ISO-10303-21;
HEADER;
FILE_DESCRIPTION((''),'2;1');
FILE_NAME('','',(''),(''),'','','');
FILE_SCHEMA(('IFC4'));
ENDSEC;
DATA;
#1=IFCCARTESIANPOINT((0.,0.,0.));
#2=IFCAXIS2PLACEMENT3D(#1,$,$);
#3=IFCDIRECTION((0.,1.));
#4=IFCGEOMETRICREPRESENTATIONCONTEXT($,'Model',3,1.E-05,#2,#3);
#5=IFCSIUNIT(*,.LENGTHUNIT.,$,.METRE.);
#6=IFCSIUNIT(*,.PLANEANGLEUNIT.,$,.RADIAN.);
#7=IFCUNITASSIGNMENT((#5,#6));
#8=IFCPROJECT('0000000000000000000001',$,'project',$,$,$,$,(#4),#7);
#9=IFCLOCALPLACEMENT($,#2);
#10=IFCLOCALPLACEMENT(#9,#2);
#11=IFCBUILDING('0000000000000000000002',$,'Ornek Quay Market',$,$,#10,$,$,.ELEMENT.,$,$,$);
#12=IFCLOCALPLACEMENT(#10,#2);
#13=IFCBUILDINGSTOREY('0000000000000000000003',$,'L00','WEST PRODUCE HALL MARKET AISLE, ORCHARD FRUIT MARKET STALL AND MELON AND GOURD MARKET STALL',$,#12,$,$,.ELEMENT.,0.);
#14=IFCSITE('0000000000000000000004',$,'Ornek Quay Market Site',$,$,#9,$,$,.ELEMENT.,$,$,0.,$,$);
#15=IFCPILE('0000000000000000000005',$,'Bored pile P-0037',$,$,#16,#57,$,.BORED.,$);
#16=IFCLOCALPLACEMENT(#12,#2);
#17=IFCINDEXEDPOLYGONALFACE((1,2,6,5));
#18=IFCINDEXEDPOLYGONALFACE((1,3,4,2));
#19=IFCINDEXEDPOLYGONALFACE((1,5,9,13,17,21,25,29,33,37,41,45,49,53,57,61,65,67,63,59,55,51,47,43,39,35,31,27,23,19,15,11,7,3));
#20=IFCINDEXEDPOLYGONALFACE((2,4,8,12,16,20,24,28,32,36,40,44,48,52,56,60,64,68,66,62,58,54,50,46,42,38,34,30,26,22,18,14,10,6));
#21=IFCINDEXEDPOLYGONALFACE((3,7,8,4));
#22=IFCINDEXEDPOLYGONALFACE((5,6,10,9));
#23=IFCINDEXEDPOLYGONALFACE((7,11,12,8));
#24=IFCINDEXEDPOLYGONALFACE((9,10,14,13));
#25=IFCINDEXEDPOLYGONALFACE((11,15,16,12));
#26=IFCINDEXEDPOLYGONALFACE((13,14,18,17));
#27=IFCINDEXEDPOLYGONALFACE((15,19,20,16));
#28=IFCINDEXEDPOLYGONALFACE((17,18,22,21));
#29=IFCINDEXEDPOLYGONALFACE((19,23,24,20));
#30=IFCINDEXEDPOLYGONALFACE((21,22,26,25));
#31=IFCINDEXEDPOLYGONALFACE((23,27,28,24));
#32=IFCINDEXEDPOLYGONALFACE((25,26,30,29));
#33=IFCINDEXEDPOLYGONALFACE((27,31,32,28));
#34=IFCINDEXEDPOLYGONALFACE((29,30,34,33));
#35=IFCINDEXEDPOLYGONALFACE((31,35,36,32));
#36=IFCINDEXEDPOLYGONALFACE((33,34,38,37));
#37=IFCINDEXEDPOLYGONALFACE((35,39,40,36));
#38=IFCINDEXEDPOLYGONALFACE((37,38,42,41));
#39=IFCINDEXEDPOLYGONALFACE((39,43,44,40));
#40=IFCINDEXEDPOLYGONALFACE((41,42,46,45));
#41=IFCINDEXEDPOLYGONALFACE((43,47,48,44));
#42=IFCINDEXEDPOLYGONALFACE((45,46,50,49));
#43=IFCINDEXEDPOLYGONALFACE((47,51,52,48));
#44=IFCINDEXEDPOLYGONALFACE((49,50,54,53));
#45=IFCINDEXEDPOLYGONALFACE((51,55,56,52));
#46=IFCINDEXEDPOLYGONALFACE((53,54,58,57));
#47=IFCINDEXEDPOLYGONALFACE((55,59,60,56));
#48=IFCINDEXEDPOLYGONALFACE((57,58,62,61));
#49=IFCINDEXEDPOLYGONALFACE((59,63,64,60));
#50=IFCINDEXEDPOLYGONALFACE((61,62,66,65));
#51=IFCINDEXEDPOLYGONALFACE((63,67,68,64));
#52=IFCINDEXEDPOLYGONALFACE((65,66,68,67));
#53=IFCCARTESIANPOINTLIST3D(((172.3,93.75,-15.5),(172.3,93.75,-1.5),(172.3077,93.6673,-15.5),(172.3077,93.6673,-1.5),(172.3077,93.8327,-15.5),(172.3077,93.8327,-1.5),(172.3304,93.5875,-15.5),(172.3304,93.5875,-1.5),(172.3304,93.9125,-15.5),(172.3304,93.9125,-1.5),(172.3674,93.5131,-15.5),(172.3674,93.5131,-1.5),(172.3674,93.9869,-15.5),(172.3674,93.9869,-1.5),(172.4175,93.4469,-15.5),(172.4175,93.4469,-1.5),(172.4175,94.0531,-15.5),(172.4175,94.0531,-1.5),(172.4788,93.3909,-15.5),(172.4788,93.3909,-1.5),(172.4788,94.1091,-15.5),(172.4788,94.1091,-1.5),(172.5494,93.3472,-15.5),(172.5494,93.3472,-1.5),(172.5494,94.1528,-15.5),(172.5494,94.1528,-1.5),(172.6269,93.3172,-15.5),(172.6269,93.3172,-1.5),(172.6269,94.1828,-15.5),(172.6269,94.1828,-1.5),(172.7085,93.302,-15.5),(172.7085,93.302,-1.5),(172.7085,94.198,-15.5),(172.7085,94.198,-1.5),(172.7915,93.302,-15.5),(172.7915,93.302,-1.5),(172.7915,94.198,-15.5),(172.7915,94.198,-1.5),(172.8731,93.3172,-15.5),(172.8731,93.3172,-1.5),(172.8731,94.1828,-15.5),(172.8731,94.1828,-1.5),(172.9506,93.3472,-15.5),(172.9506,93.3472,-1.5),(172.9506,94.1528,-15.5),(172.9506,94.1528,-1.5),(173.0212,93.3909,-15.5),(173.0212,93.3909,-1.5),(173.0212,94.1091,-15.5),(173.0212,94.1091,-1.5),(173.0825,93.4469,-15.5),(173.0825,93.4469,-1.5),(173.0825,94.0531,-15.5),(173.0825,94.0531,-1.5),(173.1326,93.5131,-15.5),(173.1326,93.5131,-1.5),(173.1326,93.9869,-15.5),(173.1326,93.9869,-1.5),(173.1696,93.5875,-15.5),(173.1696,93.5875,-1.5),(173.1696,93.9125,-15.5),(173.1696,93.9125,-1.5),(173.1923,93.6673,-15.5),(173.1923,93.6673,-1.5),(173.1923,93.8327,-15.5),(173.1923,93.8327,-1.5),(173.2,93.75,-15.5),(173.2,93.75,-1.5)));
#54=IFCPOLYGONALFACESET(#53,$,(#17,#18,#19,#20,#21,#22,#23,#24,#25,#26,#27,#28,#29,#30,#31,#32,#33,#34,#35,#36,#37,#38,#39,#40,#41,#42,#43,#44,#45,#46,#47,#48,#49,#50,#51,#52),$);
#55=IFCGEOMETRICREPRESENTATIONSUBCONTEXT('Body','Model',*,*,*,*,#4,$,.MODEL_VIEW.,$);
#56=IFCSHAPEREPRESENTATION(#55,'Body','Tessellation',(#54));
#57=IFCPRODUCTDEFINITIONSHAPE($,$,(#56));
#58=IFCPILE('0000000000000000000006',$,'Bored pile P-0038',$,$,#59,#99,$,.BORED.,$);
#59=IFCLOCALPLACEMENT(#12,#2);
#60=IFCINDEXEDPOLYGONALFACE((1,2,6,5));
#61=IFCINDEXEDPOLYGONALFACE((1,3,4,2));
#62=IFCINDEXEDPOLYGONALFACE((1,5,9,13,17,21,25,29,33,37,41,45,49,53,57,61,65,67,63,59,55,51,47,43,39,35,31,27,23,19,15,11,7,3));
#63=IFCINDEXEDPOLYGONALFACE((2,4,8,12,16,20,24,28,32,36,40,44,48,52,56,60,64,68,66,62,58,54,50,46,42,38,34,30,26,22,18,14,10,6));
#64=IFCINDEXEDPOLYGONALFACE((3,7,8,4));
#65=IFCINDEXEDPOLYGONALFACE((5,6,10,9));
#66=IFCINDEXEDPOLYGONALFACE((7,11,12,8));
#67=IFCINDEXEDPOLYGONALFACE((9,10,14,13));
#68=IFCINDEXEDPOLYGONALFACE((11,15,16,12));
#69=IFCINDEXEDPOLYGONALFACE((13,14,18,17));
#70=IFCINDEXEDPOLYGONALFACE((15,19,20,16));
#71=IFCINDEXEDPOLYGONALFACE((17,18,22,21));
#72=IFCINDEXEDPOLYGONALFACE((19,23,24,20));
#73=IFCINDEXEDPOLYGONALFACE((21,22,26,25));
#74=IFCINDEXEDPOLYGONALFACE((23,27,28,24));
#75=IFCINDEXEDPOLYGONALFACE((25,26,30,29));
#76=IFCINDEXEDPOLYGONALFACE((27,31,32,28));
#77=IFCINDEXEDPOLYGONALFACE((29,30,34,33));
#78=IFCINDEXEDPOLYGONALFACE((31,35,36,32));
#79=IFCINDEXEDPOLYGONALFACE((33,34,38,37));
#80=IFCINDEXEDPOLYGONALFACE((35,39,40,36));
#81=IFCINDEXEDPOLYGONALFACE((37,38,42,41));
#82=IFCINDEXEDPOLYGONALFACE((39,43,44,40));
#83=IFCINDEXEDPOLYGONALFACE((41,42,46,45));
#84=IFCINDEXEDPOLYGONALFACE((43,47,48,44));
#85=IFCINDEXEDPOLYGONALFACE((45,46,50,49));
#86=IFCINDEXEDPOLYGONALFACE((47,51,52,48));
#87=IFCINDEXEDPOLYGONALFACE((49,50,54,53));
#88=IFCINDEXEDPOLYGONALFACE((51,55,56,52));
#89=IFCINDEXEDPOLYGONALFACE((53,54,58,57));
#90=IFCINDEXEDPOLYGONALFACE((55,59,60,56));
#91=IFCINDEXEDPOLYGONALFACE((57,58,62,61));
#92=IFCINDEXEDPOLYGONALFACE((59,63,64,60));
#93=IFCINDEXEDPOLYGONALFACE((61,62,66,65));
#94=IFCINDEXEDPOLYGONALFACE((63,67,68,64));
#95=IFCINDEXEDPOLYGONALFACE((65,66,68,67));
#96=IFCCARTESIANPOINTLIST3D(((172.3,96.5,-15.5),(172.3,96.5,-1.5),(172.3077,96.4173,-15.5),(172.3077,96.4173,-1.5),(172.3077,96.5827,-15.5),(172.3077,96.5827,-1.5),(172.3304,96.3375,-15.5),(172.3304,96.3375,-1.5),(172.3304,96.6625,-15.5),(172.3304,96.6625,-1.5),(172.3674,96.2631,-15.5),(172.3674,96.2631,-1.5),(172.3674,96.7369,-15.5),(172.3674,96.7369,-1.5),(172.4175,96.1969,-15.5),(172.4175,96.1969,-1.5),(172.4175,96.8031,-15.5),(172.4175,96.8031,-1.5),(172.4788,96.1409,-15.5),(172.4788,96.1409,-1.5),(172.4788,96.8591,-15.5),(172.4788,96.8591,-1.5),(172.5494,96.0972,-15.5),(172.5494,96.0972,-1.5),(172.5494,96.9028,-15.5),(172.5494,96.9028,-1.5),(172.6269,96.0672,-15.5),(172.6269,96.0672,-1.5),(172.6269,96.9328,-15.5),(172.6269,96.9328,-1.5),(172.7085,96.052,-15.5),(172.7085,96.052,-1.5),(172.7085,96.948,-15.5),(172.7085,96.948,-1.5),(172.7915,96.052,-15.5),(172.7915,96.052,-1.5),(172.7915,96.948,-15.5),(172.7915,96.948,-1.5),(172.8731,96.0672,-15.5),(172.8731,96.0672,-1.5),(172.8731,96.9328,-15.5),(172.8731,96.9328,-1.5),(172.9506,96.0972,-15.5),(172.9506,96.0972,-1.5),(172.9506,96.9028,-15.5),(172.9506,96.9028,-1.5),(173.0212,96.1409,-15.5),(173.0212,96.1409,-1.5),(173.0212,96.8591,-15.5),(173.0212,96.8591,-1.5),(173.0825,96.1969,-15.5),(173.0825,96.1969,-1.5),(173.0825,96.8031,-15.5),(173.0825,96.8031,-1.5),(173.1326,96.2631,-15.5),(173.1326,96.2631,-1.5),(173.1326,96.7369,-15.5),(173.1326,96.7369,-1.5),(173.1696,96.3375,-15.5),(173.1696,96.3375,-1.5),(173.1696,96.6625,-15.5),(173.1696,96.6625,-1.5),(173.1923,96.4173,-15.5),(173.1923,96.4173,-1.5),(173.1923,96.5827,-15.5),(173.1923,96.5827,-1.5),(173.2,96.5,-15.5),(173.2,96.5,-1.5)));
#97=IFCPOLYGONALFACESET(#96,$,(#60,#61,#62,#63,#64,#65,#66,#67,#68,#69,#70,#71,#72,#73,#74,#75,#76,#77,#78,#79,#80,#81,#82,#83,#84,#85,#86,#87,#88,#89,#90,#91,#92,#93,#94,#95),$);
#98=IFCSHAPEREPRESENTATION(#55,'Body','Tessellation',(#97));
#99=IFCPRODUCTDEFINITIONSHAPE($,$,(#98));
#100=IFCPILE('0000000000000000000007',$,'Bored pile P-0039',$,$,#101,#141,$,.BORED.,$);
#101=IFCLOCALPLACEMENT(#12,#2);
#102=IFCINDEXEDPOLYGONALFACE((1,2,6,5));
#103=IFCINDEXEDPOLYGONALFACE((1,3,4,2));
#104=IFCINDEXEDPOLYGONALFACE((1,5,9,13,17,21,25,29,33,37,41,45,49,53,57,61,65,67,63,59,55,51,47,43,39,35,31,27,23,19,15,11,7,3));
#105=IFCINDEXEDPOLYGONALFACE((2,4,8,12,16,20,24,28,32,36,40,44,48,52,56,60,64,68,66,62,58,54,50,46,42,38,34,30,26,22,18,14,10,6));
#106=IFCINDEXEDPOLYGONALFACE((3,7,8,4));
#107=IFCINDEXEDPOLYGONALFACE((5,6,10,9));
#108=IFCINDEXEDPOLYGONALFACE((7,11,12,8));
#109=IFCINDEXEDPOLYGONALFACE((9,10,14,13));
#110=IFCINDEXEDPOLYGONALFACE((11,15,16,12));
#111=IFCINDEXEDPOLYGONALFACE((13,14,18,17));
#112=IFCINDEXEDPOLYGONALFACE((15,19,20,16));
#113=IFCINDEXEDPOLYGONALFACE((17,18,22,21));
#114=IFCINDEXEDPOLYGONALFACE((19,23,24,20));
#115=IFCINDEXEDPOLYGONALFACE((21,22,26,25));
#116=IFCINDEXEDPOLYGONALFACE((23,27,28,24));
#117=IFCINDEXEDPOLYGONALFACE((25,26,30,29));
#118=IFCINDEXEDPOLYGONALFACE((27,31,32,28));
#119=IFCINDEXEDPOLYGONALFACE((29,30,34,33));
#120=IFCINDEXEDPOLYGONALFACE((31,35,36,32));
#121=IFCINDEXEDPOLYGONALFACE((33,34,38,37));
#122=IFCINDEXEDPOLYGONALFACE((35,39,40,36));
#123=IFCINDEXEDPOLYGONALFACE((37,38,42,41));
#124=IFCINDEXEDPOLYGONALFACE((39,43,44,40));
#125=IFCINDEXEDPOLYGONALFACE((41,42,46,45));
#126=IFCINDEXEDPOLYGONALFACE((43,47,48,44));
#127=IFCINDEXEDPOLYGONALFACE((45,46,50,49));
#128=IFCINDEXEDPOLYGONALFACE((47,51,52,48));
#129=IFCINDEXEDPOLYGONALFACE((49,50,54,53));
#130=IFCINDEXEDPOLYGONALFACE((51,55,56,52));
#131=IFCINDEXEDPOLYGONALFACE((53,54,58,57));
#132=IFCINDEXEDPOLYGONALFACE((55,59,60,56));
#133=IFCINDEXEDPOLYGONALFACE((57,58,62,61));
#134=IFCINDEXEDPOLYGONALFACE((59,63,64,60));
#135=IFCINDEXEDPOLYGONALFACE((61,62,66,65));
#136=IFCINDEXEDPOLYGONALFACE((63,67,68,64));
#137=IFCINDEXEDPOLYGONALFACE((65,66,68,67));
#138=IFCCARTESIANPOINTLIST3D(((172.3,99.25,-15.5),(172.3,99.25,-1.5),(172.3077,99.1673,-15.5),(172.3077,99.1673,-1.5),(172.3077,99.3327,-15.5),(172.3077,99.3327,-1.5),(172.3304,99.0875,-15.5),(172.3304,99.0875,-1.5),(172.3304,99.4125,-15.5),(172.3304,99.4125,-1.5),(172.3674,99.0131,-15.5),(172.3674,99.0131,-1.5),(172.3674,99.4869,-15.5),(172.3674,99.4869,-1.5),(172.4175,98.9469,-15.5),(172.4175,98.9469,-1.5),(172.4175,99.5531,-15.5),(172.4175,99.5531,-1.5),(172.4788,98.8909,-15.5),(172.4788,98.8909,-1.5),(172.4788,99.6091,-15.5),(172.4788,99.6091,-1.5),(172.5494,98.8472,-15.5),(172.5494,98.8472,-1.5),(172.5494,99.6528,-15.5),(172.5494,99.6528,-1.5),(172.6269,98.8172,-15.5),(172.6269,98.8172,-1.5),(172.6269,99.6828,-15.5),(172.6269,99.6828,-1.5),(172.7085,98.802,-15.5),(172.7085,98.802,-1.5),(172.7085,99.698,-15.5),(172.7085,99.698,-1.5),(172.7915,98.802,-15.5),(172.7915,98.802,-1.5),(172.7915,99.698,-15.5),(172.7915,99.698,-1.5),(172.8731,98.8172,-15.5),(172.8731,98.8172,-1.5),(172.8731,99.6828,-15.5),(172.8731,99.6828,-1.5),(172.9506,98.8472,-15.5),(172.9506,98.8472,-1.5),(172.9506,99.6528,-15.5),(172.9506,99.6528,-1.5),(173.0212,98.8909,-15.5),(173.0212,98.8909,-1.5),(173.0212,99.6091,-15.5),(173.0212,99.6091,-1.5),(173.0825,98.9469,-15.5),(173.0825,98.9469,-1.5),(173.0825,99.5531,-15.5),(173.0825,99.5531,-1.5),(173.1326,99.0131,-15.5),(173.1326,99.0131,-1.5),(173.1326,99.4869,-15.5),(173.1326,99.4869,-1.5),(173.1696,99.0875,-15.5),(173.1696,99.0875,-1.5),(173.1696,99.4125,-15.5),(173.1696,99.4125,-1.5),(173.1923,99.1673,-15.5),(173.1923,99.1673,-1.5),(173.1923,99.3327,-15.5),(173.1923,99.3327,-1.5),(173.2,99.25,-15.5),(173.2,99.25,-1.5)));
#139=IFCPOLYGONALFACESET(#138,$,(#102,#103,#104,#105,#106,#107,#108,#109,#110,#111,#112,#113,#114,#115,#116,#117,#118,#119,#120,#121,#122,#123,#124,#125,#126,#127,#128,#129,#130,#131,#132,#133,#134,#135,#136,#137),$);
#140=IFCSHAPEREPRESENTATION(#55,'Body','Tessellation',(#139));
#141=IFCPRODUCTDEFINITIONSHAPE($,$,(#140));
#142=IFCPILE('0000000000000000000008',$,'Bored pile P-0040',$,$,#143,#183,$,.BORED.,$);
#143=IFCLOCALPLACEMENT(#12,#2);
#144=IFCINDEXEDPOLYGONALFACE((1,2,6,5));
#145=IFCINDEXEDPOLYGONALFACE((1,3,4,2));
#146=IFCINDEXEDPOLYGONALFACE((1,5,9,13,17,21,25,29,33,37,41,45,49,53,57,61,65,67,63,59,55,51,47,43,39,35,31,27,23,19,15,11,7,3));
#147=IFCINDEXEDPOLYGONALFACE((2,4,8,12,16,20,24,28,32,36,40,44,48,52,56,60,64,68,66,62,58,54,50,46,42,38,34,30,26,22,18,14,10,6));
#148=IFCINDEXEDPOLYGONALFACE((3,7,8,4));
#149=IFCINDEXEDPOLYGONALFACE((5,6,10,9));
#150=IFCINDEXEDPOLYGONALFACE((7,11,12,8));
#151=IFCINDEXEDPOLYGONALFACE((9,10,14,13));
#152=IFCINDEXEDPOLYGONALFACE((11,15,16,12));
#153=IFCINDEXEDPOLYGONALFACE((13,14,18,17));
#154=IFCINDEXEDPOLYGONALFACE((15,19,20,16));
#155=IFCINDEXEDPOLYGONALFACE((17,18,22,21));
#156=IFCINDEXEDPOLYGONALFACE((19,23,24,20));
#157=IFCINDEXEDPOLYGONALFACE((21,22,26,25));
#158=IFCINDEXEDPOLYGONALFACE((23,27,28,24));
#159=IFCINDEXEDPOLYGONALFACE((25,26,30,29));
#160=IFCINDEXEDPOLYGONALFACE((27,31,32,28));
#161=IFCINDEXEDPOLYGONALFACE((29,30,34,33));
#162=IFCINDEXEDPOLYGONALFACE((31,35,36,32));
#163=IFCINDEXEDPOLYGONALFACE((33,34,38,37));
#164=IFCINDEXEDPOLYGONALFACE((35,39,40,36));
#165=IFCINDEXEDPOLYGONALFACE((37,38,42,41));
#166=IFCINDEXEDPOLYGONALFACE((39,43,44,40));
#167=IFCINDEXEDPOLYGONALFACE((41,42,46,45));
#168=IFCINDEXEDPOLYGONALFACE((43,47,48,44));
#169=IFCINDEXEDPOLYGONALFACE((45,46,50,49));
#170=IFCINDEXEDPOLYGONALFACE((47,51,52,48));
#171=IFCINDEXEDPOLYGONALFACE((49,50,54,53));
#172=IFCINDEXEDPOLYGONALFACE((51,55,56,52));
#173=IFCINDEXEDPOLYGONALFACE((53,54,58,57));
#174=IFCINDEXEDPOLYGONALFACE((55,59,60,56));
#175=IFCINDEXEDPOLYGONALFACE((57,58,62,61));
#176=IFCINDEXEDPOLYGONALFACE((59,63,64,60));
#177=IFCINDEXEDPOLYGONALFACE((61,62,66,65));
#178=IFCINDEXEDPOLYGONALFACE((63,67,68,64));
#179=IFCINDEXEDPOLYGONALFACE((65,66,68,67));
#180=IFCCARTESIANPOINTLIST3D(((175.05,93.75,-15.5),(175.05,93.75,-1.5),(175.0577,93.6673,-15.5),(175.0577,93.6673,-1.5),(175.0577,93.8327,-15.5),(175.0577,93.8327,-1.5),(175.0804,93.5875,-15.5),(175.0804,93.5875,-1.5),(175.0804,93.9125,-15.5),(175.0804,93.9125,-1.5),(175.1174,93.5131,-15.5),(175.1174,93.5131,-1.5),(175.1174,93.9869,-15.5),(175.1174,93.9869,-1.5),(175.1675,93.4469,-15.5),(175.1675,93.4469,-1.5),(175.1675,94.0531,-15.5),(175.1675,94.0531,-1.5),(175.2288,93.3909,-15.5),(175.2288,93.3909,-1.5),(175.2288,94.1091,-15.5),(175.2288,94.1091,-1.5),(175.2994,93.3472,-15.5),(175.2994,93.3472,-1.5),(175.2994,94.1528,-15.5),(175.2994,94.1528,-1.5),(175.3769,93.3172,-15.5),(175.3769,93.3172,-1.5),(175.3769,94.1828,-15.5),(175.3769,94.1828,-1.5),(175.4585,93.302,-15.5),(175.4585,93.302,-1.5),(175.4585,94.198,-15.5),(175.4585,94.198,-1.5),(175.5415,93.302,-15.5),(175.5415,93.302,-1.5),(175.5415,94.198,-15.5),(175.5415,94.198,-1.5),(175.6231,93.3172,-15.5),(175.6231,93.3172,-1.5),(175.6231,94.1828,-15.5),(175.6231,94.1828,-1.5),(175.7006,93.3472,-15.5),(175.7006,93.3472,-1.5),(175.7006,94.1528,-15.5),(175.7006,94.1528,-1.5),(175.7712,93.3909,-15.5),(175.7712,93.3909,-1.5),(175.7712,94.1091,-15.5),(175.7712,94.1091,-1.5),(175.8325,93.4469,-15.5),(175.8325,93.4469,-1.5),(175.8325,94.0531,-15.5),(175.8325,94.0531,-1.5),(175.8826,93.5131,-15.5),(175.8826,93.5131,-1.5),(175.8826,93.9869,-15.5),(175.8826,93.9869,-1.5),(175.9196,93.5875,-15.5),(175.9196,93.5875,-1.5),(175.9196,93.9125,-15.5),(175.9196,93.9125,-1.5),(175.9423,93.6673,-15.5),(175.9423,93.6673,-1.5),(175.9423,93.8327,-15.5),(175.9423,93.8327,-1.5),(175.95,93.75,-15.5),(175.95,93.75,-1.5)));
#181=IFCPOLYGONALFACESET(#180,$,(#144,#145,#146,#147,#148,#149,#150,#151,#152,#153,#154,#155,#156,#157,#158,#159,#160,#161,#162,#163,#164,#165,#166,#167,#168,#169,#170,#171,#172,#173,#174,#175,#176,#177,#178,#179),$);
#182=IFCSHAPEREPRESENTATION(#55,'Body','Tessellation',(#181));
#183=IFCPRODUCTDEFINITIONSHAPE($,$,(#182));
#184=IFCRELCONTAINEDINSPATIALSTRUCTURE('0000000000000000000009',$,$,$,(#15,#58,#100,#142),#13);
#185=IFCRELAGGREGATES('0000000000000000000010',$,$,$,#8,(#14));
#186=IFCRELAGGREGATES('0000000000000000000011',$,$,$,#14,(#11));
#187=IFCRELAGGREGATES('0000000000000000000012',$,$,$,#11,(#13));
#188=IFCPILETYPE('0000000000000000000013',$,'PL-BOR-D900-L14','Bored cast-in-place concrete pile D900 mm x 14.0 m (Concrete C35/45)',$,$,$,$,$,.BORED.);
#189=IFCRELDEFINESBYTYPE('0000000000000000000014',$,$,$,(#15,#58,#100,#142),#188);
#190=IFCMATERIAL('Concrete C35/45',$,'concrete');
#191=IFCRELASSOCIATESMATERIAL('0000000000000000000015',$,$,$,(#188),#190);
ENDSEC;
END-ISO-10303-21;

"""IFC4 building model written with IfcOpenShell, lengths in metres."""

from ifc_helpers import new_model, si_unit, direction, frame, origin, origin_2d, place, context, subcontext, project, spatial, circle, extrude, material, material_profile, profile_set, type_object, element, save


model = new_model("IFC4")

# Units and contexts
model_context = context("Model", 3, precision=1e-05, world=origin(), true_north=direction((0.0, 1.0)))
body_context = subcontext(model_context, "Body", "Model", "MODEL_VIEW")
ifc_project = project(units=[si_unit("LENGTHUNIT", "METRE"), si_unit("PLANEANGLEUNIT", "RADIAN")], contexts=[model_context])

# Site, building, storey
site_placement = place(None, origin())
site = spatial("IfcSite", under=ifc_project, at=site_placement, Name="Ornek Quay Market Site", CompositionType="ELEMENT", RefElevation=0.0)
building_placement = place(site_placement, origin())
building = spatial("IfcBuilding", under=site, at=building_placement, Name="Ornek Quay Market", CompositionType="ELEMENT")
storey_placement = place(building_placement, origin())
storey = spatial("IfcBuildingStorey", under=building, at=storey_placement, Name="L00", Description="WEST PRODUCE HALL MARKET AISLE, ORCHARD FRUIT MARKET STALL AND MELON AND GOURD MARKET STALL", CompositionType="ELEMENT", Elevation=0.0)

# Piles
ifc_material_1 = material(Name="Concrete C35/45", Category="concrete")
ifc_material_profile_1 = material_profile(ifc_material_1, circle(Radius=0.45, at=origin_2d()), Name="PILE D900", Category="concrete")
ifc_profile_set_1 = profile_set([ifc_material_profile_1], Name="Concrete C35/45")
pile_type = type_object("IfcPileType", Name="PL-BOR-D900-L14", Description="Bored cast-in-place concrete pile D900 mm x 14.0 m (Concrete C35/45)", PredefinedType="BORED", material=ifc_profile_set_1)
for number, where, z_axis, x_axis, name in (
    (1, (172.75, 93.75, -1.5), (0.0, 0.0, -1.0), (1.0, 0.0, 0.0), "Bored pile P-0037"),
    (2, (172.75, 96.5, -1.5), (0.0, 0.0, -1.0), (1.0, 0.0, 0.0), "Bored pile P-0038"),
    (3, (172.75, 99.25, -1.5), (0.0, 0.0, -1.0), (1.0, 0.0, 0.0), "Bored pile P-0039"),
    (4, (175.5, 93.75, -1.5), (0.0, 0.0, -1.0), (1.0, 0.0, 0.0), "Bored pile P-0040"),
):
    element("IfcPile", number, at=place(storey_placement, frame(where, z_axis=z_axis, x_axis=x_axis)), inside=storey, type_object=pile_type, Name=name, PredefinedType="BORED", context=body_context, shape_type="SweptSolid", body=[
        extrude(circle(Radius=0.45, at=origin_2d()), origin(), (0.0, 0.0, 1.0), 14.0),
    ])

save(model, "model.ifc")
